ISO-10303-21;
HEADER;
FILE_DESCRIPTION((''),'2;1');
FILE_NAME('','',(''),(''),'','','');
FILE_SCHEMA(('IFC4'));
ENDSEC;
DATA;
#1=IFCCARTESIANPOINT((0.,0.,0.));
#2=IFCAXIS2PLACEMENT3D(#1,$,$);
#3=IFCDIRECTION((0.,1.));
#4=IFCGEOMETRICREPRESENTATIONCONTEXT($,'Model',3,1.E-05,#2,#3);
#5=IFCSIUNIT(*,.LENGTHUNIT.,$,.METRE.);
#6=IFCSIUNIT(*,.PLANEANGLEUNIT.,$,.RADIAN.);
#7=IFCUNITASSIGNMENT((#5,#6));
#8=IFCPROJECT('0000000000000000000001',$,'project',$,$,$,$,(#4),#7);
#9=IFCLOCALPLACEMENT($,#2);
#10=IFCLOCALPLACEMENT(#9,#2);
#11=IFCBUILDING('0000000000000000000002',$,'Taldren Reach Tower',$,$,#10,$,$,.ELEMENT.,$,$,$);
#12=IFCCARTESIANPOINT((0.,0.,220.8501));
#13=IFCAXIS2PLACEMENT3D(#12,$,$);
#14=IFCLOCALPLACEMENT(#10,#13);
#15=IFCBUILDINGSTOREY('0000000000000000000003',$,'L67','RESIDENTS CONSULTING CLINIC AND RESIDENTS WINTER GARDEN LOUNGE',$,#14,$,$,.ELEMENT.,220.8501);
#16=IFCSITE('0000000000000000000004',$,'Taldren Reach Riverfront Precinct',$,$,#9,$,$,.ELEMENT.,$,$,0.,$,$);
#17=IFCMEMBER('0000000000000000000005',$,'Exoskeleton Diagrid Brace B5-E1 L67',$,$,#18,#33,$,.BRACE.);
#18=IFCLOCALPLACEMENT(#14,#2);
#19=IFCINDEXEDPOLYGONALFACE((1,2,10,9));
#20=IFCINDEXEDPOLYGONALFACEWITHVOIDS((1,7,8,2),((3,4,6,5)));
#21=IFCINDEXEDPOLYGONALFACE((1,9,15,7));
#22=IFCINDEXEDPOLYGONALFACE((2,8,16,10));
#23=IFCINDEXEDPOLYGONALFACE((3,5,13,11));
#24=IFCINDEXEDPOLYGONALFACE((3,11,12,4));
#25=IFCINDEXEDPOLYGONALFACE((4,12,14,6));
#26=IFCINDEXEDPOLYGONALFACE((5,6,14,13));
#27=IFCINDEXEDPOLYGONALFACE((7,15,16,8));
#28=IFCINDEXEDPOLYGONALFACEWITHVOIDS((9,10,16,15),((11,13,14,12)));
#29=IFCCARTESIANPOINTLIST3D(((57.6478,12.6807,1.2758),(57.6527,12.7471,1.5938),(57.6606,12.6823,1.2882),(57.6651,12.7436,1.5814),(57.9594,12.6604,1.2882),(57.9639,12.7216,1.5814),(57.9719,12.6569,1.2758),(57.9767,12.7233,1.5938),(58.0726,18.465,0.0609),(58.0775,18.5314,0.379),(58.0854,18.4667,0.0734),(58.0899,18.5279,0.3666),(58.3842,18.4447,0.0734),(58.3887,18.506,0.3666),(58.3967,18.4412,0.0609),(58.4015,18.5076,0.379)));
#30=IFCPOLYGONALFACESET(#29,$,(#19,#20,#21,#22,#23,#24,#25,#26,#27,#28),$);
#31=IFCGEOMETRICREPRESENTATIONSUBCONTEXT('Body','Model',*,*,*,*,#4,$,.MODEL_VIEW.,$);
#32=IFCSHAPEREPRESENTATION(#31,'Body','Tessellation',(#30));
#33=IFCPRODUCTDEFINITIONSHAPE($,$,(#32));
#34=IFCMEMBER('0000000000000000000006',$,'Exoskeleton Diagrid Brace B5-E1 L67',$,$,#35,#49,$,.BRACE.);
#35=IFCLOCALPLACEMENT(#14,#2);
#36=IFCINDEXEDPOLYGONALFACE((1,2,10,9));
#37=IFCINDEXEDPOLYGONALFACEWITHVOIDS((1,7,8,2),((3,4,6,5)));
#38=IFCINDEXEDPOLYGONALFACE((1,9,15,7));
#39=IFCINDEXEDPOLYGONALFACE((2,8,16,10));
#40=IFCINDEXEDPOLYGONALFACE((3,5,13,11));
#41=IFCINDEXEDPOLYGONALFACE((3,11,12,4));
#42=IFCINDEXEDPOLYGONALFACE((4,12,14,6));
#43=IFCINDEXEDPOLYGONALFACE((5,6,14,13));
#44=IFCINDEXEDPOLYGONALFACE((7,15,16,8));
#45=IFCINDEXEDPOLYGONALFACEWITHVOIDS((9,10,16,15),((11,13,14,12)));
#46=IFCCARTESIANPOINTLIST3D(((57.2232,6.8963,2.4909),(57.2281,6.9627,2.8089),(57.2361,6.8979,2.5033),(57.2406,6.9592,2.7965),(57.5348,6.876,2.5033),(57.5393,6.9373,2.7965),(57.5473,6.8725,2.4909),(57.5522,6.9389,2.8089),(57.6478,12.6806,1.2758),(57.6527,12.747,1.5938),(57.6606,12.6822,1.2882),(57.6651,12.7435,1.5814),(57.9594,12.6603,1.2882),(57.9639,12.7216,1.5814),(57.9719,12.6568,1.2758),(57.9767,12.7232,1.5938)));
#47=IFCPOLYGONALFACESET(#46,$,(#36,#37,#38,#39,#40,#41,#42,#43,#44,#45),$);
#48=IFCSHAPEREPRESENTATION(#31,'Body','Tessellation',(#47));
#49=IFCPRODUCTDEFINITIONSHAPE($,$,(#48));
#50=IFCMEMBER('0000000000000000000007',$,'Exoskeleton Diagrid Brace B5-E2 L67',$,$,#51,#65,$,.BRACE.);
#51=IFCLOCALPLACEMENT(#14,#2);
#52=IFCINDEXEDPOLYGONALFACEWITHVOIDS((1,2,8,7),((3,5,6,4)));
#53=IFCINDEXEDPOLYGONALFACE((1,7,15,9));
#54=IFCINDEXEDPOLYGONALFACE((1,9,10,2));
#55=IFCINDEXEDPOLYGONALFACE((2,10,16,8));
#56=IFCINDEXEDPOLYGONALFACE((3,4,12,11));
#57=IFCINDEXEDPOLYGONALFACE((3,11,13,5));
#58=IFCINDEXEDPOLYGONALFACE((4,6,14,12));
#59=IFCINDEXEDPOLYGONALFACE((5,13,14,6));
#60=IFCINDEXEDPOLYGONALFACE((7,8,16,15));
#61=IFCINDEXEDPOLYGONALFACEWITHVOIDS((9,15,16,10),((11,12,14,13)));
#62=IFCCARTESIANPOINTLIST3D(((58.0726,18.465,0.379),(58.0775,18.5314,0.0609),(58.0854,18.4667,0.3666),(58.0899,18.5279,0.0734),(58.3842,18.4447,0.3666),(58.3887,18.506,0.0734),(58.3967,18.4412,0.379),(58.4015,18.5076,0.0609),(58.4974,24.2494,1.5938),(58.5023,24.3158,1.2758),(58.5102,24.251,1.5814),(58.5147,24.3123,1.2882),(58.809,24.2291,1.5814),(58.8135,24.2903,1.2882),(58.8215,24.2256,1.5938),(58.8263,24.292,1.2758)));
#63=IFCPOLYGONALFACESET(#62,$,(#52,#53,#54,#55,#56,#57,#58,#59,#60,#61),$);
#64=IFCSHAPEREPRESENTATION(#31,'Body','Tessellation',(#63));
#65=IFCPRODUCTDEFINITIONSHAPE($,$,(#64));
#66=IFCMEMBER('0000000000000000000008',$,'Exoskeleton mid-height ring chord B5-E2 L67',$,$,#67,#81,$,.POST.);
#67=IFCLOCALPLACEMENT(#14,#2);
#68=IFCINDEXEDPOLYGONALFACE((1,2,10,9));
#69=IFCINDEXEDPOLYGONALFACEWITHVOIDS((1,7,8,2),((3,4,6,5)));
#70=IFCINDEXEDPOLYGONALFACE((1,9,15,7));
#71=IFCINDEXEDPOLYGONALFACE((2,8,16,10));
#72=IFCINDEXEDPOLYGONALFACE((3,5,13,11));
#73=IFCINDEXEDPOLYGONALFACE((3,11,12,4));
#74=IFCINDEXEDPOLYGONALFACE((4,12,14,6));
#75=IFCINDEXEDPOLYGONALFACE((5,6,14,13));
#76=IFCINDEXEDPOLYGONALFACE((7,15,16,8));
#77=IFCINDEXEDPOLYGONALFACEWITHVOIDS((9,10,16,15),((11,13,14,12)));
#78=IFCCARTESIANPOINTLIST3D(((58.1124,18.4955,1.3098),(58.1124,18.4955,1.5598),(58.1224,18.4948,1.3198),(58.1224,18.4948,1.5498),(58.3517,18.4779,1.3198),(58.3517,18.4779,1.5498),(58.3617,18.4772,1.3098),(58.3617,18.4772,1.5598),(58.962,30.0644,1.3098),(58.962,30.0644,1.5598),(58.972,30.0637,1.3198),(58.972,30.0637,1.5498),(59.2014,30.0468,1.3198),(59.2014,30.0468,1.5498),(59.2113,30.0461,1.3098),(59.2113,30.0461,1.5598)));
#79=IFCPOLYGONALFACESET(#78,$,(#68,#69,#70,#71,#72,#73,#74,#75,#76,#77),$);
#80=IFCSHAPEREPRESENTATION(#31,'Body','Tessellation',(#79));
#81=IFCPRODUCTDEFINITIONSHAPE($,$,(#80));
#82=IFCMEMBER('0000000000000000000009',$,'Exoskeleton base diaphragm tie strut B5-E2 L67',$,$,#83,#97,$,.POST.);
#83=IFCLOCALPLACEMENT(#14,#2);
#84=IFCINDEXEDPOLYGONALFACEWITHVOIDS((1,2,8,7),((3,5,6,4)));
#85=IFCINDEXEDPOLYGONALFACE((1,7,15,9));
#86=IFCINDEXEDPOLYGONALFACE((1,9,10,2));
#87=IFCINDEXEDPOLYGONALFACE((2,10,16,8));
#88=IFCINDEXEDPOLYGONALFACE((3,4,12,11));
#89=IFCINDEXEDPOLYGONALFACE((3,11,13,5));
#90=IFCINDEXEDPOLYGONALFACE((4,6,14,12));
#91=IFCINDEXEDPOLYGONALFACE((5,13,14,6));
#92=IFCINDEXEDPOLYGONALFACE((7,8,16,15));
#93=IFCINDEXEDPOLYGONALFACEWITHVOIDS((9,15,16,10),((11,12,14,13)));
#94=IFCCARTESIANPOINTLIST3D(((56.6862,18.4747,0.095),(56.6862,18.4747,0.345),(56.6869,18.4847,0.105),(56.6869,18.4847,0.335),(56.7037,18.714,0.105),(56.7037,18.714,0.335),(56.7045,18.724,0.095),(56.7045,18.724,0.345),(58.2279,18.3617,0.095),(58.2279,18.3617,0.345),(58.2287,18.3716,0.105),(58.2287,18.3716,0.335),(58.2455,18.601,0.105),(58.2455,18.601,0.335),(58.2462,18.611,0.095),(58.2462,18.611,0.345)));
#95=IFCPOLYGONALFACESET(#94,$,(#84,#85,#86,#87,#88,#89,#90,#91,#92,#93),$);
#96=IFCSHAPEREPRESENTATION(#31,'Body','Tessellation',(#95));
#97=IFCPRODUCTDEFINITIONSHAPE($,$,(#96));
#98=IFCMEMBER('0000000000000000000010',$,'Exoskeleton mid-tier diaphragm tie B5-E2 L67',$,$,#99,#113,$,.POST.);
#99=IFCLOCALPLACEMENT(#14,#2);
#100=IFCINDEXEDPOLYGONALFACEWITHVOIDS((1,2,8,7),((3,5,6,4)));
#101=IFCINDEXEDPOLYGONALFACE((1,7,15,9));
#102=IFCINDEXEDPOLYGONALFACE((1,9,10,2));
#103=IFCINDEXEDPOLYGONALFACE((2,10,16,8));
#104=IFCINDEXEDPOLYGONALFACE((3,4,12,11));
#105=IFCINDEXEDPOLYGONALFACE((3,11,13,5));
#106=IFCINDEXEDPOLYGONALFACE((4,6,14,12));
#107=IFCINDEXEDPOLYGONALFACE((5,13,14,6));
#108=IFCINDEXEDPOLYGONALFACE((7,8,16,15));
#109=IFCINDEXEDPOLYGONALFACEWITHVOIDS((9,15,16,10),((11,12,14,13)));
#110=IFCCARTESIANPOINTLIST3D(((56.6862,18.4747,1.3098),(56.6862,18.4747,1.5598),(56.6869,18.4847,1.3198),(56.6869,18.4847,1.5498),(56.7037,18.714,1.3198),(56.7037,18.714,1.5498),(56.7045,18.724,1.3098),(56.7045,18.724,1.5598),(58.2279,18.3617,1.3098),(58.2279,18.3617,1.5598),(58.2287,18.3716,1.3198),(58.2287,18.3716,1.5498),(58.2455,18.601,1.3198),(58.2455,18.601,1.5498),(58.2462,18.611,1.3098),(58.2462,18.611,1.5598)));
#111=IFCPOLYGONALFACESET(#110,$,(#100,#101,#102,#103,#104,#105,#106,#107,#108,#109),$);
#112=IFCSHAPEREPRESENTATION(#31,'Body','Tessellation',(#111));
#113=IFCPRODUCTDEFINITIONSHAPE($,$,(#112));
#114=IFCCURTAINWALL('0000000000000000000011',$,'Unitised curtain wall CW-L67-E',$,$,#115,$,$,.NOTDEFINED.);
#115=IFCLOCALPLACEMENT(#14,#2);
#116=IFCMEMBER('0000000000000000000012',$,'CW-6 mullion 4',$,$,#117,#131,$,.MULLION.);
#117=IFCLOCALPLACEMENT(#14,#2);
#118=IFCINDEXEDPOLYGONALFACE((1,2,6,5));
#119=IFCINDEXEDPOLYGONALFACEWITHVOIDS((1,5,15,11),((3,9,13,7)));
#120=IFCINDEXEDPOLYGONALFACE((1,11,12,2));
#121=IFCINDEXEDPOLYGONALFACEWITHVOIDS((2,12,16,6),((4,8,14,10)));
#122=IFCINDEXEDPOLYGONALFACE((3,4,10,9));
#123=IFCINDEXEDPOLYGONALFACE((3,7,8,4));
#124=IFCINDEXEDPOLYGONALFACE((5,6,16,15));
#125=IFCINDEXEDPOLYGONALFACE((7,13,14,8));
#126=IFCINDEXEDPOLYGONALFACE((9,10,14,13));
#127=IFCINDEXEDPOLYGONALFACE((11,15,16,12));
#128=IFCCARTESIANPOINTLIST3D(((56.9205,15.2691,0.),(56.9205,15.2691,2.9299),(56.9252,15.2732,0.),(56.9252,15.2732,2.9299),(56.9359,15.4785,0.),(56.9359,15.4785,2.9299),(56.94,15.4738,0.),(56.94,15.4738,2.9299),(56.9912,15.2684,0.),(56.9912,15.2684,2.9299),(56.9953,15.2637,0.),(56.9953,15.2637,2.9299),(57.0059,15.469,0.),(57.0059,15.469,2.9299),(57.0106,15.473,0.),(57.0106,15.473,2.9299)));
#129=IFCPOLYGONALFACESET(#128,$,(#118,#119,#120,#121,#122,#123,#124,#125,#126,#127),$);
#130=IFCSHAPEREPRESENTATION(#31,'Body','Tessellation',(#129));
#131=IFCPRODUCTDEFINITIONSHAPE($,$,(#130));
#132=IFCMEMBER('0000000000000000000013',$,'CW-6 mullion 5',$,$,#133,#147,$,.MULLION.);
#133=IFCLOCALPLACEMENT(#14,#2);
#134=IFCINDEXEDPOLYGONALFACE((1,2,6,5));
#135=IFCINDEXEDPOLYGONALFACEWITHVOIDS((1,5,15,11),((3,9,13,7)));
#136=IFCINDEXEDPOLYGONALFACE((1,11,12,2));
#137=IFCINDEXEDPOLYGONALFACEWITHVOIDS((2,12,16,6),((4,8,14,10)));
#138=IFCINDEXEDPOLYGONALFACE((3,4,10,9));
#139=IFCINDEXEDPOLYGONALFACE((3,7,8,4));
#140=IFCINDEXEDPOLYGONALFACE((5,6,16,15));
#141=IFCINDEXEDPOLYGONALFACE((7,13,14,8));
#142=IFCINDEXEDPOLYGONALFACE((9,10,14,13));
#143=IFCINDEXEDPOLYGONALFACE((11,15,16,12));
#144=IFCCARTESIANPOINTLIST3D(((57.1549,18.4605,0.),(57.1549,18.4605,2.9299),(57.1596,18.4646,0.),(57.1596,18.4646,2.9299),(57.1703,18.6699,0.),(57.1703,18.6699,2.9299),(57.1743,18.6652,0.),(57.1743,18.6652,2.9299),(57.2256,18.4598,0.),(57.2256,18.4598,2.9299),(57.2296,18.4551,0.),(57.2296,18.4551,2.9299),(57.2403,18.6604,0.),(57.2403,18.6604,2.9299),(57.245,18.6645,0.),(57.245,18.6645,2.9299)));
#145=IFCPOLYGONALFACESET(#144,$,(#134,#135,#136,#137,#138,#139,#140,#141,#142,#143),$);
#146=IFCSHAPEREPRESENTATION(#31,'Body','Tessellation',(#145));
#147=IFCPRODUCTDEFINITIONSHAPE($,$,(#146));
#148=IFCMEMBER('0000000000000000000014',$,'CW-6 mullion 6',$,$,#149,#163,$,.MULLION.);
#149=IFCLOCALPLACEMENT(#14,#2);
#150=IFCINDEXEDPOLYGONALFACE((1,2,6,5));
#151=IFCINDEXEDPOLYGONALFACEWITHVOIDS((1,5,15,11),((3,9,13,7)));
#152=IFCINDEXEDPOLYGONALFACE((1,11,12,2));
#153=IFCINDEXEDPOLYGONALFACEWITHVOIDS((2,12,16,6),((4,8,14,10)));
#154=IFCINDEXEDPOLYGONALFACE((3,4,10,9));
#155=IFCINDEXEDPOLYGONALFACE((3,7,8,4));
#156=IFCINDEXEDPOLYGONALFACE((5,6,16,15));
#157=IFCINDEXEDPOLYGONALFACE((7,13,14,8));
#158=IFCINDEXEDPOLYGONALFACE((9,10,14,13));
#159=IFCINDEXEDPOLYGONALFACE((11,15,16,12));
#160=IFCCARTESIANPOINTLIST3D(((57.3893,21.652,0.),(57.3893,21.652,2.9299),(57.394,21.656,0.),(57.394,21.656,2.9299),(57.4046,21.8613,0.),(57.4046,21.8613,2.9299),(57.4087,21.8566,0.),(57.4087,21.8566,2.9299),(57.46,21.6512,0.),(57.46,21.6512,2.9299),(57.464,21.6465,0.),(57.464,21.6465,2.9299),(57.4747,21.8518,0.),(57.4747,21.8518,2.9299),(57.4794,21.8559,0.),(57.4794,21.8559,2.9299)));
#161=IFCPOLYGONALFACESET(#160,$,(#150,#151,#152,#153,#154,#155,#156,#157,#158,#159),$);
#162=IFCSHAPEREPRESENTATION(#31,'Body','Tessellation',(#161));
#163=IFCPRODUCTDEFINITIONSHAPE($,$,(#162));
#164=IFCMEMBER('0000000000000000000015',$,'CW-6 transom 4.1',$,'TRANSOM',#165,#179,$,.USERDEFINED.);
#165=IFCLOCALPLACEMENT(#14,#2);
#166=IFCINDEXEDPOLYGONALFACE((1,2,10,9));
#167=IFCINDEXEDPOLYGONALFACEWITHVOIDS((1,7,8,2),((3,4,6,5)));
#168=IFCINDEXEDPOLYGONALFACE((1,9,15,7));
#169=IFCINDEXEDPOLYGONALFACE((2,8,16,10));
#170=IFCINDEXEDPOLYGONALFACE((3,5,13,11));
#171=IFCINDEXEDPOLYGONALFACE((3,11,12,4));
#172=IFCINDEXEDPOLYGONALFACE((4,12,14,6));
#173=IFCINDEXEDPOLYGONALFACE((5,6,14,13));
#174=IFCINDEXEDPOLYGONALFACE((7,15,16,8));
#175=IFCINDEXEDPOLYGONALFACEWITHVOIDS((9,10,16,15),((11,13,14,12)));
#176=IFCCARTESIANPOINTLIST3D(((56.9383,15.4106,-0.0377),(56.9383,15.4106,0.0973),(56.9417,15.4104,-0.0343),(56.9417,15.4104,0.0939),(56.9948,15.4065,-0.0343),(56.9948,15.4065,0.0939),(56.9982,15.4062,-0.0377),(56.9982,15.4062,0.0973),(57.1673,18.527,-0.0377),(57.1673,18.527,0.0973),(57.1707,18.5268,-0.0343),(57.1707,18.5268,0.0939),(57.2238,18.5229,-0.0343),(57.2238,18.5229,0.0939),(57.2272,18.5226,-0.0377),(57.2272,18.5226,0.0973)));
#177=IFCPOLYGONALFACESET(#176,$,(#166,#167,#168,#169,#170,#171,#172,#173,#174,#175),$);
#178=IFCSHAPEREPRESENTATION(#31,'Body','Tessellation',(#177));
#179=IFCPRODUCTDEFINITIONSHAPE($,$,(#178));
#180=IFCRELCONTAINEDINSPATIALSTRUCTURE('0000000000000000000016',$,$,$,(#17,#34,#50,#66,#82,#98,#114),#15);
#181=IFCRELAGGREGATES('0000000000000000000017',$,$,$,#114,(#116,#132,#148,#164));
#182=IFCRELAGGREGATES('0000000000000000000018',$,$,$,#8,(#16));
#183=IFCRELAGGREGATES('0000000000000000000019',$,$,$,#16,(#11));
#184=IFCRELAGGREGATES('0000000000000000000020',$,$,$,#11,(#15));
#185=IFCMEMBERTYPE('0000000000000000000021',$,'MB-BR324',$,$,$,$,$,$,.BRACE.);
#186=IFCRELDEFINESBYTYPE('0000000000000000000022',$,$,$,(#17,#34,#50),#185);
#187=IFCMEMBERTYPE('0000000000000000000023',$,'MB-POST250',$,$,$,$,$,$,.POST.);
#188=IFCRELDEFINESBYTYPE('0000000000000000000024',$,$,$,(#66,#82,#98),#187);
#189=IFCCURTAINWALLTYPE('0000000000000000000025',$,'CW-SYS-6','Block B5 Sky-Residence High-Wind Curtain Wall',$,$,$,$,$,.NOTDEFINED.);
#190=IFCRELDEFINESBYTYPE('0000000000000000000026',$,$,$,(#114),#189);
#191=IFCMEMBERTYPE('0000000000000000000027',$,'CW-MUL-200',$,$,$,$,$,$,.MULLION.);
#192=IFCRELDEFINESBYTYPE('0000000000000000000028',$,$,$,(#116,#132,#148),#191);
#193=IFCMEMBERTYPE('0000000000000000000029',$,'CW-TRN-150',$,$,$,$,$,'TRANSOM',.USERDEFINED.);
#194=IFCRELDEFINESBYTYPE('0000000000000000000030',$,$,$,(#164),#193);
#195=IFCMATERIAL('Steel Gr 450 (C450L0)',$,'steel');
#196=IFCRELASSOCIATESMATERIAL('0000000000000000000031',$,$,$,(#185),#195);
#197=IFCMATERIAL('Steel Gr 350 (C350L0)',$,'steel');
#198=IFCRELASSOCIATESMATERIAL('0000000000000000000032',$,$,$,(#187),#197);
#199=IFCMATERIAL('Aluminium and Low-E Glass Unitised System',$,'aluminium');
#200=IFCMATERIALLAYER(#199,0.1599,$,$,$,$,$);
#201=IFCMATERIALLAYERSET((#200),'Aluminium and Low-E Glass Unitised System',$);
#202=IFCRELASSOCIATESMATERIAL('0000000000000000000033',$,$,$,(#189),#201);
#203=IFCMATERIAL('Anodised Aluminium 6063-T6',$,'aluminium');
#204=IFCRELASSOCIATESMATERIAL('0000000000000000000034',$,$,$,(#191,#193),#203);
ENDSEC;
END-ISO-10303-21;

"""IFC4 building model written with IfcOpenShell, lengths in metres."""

from ifc_helpers import new_model, si_unit, direction, frame, origin, origin_2d, place, context, subcontext, project, spatial, hollow_rectangle, extrude, source, transform, mapped, material, layer, layer_set, material_profile, profile_set, type_object, element, aggregate, save


model = new_model("IFC4")

# Units and contexts
model_context = context("Model", 3, precision=1e-05, world=origin(), true_north=direction((0.0, 1.0)))
body_context = subcontext(model_context, "Body", "Model", "MODEL_VIEW")
ifc_project = project(units=[si_unit("LENGTHUNIT", "METRE"), si_unit("PLANEANGLEUNIT", "RADIAN")], contexts=[model_context])

# Site, building, storey
site_placement = place(None, origin())
site = spatial("IfcSite", under=ifc_project, at=site_placement, Name="Taldren Reach Riverfront Precinct", CompositionType="ELEMENT", RefElevation=0.0)
building_placement = place(site_placement, origin())
building = spatial("IfcBuilding", under=site, at=building_placement, Name="Taldren Reach Tower", CompositionType="ELEMENT")
storey_placement = place(building_placement, frame((0.0, 0.0, 220.8501)))
storey = spatial("IfcBuildingStorey", under=building, at=storey_placement, Name="L67", Description="RESIDENTS CONSULTING CLINIC AND RESIDENTS WINTER GARDEN LOUNGE", CompositionType="ELEMENT", Elevation=220.8501)

# Shared definitions
ifc_material_1 = material(Name="Steel Gr 450 (C450L0)", Category="steel")

# Members
ifc_material_profile_1 = material_profile(ifc_material_1, hollow_rectangle(XDim=0.325, YDim=0.325, WallThickness=0.0127, at=origin_2d()), Name="325x325x12.7SHS")
ifc_profile_set_1 = profile_set([ifc_material_profile_1], Name="Steel Gr 450 (C450L0)")
member_type_1 = type_object("IfcMemberType", Name="MB-BR324", PredefinedType="BRACE", material=ifc_profile_set_1)
shared_shape_1 = source(origin(), body_context, "Body", "SweptSolid", [
    extrude(hollow_rectangle(XDim=0.325, YDim=0.325, WallThickness=0.0127, at=origin_2d()), origin(), (0.0, 0.0, 1.0), 5.9258),
])
for number, where, z_axis, x_axis, name in (
    (1, (58.2371, 18.4863, 0.22), (-0.071687, -0.976132, 0.205007), (0.997314, -0.073242, 0.0), "Exoskeleton Diagrid Brace B5-E1 L67"),
    (2, (57.8123, 12.7019, 1.4348), (-0.071645, -0.976126, 0.205047), (0.997317, -0.0732, 0.0), "Exoskeleton Diagrid Brace B5-E1 L67"),
    (3, (58.2371, 18.4863, 0.22), (0.071687, 0.976132, 0.205007), (-0.997314, 0.073242, 0.0), "Exoskeleton Diagrid Brace B5-E2 L67"),
):
    element("IfcMember", number, at=place(storey_placement, frame(where, z_axis=z_axis, x_axis=x_axis)), inside=storey, type_object=member_type_1, Name=name, PredefinedType="BRACE", context=body_context, shape_type="MappedRepresentation", body=[
        mapped(shared_shape_1, transform((0.0, 0.0, 0.0), scale=1.0)),
    ])
ifc_material_2 = material(Name="Steel Gr 350 (C350L0)", Category="steel")
ifc_material_profile_2 = material_profile(ifc_material_2, hollow_rectangle(XDim=0.25, YDim=0.25, WallThickness=0.01, at=origin_2d()), Name="250x250x10.0SHS")
ifc_profile_set_2 = profile_set([ifc_material_profile_2], Name="Steel Gr 350 (C350L0)")
member_type_2 = type_object("IfcMemberType", Name="MB-POST250", PredefinedType="POST", material=ifc_profile_set_2)
shared_shape_2 = source(origin(), body_context, "Body", "SweptSolid", [
    extrude(hollow_rectangle(XDim=0.25, YDim=0.25, WallThickness=0.01, at=origin_2d()), origin(), (0.0, 0.0, 1.0), 11.6001),
])
member_1_placement = place(storey_placement, frame((58.2371, 18.4863, 1.4348), z_axis=(0.073242, 0.997314, 0.0), x_axis=(-0.997314, 0.073242, 0.0)))
element("IfcMember", 4, at=member_1_placement, inside=storey, type_object=member_type_2, Name="Exoskeleton mid-height ring chord B5-E2 L67", PredefinedType="POST", context=body_context, shape_type="MappedRepresentation", body=[
    mapped(shared_shape_2, transform((0.0, 0.0, 0.0), scale=1.0)),
])
shared_shape_3 = source(origin(), body_context, "Body", "SweptSolid", [
    extrude(hollow_rectangle(XDim=0.25, YDim=0.25, WallThickness=0.01, at=origin_2d()), origin(), (0.0, 0.0, 1.0), 1.5459),
])
for number, where, z_axis, x_axis, name in (
    (5, (56.6953, 18.5994, 0.22), (0.997323, -0.073121, 0.0), (0.073121, 0.997323, 0.0), "Exoskeleton base diaphragm tie strut B5-E2 L67"),
    (6, (56.6953, 18.5994, 1.4348), (0.997323, -0.073121, 0.0), (0.073121, 0.997323, 0.0), "Exoskeleton mid-tier diaphragm tie B5-E2 L67"),
):
    element("IfcMember", number, at=place(storey_placement, frame(where, z_axis=z_axis, x_axis=x_axis)), inside=storey, type_object=member_type_2, Name=name, PredefinedType="POST", context=body_context, shape_type="MappedRepresentation", body=[
        mapped(shared_shape_3, transform((0.0, 0.0, 0.0), scale=1.0)),
    ])

# Curtain wall, members
ifc_material_3 = material(Name="Aluminium and Low-E Glass Unitised System", Category="aluminium")
ifc_layer_1 = layer(ifc_material_3, 0.1599)
ifc_layer_set_1 = layer_set([ifc_layer_1], Name="Aluminium and Low-E Glass Unitised System")
curtain_wall_type = type_object("IfcCurtainWallType", Name="CW-SYS-6", Description="Block B5 Sky-Residence High-Wind Curtain Wall", PredefinedType="NOTDEFINED", material=ifc_layer_set_1)
curtain_wall_placement = place(storey_placement, origin())
curtain_wall = element("IfcCurtainWall", 7, at=curtain_wall_placement, inside=storey, type_object=curtain_wall_type, Name="Unitised curtain wall CW-L67-E", PredefinedType="NOTDEFINED")
ifc_material_4 = material(Name="Anodised Aluminium 6063-T6", Category="aluminium")
ifc_material_profile_3 = material_profile(ifc_material_4, hollow_rectangle(XDim=0.075, YDim=0.21, WallThickness=0.0044, at=origin_2d()), Name="ALU-210x75x4.5RHS")
ifc_profile_set_3 = profile_set([ifc_material_profile_3], Name="Anodised Aluminium 6063-T6")
member_type_3 = type_object("IfcMemberType", Name="CW-MUL-200", PredefinedType="MULLION", material=ifc_profile_set_3)
shared_shape_4 = source(origin(), body_context, "Body", "SweptSolid", [
    extrude(hollow_rectangle(XDim=0.075, YDim=0.21, WallThickness=0.0044, at=origin_2d()), origin(), (0.0, 0.0, 1.0), 2.9299),
])
member_2_placement = place(storey_placement, frame((56.9656, 15.3711, 0.0), z_axis=(0.0, 0.0, 1.0), x_axis=(-0.997314, 0.073238, 0.0)))
member_2 = element("IfcMember", 8, at=member_2_placement, type_object=member_type_3, Name="CW-6 mullion 4", PredefinedType="MULLION", context=body_context, shape_type="MappedRepresentation", body=[
    mapped(shared_shape_4, transform((0.0, 0.0, 0.0), scale=1.0)),
])
member_3_placement = place(storey_placement, frame((57.2, 18.5625, 0.0), z_axis=(0.0, 0.0, 1.0), x_axis=(-0.997314, 0.073238, 0.0)))
member_3 = element("IfcMember", 9, at=member_3_placement, type_object=member_type_3, Name="CW-6 mullion 5", PredefinedType="MULLION", context=body_context, shape_type="MappedRepresentation", body=[
    mapped(shared_shape_4, transform((0.0, 0.0, 0.0), scale=1.0)),
])
member_4_placement = place(storey_placement, frame((57.4343, 21.7539, 0.0), z_axis=(0.0, 0.0, 1.0), x_axis=(-0.997314, 0.073238, 0.0)))
member_4 = element("IfcMember", 10, at=member_4_placement, type_object=member_type_3, Name="CW-6 mullion 6", PredefinedType="MULLION", context=body_context, shape_type="MappedRepresentation", body=[
    mapped(shared_shape_4, transform((0.0, 0.0, 0.0), scale=1.0)),
])
ifc_material_profile_4 = material_profile(ifc_material_4, hollow_rectangle(XDim=0.0601, YDim=0.135, WallThickness=0.0034, at=origin_2d()), Name="ALU-135x60x3.5RHS")
ifc_profile_set_4 = profile_set([ifc_material_profile_4], Name="Anodised Aluminium 6063-T6")
member_type_4 = type_object("IfcMemberType", Name="CW-TRN-150", ElementType="TRANSOM", PredefinedType="USERDEFINED", material=ifc_profile_set_4)
shared_shape_5 = source(origin(), body_context, "Body", "SweptSolid", [
    extrude(hollow_rectangle(XDim=0.0601, YDim=0.135, WallThickness=0.0034, at=origin_2d()), origin(), (0.0, 0.0, 1.0), 3.1248),
])
member_5_placement = place(storey_placement, frame((56.9683, 15.4084, 0.0298), z_axis=(0.073285, 0.997311, 0.0), x_axis=(-0.997311, 0.073285, 0.0)))
member_5 = element("IfcMember", 11, at=member_5_placement, type_object=member_type_4, Name="CW-6 transom 4.1", ObjectType="TRANSOM", PredefinedType="USERDEFINED", context=body_context, shape_type="MappedRepresentation", body=[
    mapped(shared_shape_5, transform((0.0, 0.0, 0.0), scale=1.0)),
])

aggregate(curtain_wall, [member_2, member_3, member_4, member_5])

save(model, "model.ifc")
